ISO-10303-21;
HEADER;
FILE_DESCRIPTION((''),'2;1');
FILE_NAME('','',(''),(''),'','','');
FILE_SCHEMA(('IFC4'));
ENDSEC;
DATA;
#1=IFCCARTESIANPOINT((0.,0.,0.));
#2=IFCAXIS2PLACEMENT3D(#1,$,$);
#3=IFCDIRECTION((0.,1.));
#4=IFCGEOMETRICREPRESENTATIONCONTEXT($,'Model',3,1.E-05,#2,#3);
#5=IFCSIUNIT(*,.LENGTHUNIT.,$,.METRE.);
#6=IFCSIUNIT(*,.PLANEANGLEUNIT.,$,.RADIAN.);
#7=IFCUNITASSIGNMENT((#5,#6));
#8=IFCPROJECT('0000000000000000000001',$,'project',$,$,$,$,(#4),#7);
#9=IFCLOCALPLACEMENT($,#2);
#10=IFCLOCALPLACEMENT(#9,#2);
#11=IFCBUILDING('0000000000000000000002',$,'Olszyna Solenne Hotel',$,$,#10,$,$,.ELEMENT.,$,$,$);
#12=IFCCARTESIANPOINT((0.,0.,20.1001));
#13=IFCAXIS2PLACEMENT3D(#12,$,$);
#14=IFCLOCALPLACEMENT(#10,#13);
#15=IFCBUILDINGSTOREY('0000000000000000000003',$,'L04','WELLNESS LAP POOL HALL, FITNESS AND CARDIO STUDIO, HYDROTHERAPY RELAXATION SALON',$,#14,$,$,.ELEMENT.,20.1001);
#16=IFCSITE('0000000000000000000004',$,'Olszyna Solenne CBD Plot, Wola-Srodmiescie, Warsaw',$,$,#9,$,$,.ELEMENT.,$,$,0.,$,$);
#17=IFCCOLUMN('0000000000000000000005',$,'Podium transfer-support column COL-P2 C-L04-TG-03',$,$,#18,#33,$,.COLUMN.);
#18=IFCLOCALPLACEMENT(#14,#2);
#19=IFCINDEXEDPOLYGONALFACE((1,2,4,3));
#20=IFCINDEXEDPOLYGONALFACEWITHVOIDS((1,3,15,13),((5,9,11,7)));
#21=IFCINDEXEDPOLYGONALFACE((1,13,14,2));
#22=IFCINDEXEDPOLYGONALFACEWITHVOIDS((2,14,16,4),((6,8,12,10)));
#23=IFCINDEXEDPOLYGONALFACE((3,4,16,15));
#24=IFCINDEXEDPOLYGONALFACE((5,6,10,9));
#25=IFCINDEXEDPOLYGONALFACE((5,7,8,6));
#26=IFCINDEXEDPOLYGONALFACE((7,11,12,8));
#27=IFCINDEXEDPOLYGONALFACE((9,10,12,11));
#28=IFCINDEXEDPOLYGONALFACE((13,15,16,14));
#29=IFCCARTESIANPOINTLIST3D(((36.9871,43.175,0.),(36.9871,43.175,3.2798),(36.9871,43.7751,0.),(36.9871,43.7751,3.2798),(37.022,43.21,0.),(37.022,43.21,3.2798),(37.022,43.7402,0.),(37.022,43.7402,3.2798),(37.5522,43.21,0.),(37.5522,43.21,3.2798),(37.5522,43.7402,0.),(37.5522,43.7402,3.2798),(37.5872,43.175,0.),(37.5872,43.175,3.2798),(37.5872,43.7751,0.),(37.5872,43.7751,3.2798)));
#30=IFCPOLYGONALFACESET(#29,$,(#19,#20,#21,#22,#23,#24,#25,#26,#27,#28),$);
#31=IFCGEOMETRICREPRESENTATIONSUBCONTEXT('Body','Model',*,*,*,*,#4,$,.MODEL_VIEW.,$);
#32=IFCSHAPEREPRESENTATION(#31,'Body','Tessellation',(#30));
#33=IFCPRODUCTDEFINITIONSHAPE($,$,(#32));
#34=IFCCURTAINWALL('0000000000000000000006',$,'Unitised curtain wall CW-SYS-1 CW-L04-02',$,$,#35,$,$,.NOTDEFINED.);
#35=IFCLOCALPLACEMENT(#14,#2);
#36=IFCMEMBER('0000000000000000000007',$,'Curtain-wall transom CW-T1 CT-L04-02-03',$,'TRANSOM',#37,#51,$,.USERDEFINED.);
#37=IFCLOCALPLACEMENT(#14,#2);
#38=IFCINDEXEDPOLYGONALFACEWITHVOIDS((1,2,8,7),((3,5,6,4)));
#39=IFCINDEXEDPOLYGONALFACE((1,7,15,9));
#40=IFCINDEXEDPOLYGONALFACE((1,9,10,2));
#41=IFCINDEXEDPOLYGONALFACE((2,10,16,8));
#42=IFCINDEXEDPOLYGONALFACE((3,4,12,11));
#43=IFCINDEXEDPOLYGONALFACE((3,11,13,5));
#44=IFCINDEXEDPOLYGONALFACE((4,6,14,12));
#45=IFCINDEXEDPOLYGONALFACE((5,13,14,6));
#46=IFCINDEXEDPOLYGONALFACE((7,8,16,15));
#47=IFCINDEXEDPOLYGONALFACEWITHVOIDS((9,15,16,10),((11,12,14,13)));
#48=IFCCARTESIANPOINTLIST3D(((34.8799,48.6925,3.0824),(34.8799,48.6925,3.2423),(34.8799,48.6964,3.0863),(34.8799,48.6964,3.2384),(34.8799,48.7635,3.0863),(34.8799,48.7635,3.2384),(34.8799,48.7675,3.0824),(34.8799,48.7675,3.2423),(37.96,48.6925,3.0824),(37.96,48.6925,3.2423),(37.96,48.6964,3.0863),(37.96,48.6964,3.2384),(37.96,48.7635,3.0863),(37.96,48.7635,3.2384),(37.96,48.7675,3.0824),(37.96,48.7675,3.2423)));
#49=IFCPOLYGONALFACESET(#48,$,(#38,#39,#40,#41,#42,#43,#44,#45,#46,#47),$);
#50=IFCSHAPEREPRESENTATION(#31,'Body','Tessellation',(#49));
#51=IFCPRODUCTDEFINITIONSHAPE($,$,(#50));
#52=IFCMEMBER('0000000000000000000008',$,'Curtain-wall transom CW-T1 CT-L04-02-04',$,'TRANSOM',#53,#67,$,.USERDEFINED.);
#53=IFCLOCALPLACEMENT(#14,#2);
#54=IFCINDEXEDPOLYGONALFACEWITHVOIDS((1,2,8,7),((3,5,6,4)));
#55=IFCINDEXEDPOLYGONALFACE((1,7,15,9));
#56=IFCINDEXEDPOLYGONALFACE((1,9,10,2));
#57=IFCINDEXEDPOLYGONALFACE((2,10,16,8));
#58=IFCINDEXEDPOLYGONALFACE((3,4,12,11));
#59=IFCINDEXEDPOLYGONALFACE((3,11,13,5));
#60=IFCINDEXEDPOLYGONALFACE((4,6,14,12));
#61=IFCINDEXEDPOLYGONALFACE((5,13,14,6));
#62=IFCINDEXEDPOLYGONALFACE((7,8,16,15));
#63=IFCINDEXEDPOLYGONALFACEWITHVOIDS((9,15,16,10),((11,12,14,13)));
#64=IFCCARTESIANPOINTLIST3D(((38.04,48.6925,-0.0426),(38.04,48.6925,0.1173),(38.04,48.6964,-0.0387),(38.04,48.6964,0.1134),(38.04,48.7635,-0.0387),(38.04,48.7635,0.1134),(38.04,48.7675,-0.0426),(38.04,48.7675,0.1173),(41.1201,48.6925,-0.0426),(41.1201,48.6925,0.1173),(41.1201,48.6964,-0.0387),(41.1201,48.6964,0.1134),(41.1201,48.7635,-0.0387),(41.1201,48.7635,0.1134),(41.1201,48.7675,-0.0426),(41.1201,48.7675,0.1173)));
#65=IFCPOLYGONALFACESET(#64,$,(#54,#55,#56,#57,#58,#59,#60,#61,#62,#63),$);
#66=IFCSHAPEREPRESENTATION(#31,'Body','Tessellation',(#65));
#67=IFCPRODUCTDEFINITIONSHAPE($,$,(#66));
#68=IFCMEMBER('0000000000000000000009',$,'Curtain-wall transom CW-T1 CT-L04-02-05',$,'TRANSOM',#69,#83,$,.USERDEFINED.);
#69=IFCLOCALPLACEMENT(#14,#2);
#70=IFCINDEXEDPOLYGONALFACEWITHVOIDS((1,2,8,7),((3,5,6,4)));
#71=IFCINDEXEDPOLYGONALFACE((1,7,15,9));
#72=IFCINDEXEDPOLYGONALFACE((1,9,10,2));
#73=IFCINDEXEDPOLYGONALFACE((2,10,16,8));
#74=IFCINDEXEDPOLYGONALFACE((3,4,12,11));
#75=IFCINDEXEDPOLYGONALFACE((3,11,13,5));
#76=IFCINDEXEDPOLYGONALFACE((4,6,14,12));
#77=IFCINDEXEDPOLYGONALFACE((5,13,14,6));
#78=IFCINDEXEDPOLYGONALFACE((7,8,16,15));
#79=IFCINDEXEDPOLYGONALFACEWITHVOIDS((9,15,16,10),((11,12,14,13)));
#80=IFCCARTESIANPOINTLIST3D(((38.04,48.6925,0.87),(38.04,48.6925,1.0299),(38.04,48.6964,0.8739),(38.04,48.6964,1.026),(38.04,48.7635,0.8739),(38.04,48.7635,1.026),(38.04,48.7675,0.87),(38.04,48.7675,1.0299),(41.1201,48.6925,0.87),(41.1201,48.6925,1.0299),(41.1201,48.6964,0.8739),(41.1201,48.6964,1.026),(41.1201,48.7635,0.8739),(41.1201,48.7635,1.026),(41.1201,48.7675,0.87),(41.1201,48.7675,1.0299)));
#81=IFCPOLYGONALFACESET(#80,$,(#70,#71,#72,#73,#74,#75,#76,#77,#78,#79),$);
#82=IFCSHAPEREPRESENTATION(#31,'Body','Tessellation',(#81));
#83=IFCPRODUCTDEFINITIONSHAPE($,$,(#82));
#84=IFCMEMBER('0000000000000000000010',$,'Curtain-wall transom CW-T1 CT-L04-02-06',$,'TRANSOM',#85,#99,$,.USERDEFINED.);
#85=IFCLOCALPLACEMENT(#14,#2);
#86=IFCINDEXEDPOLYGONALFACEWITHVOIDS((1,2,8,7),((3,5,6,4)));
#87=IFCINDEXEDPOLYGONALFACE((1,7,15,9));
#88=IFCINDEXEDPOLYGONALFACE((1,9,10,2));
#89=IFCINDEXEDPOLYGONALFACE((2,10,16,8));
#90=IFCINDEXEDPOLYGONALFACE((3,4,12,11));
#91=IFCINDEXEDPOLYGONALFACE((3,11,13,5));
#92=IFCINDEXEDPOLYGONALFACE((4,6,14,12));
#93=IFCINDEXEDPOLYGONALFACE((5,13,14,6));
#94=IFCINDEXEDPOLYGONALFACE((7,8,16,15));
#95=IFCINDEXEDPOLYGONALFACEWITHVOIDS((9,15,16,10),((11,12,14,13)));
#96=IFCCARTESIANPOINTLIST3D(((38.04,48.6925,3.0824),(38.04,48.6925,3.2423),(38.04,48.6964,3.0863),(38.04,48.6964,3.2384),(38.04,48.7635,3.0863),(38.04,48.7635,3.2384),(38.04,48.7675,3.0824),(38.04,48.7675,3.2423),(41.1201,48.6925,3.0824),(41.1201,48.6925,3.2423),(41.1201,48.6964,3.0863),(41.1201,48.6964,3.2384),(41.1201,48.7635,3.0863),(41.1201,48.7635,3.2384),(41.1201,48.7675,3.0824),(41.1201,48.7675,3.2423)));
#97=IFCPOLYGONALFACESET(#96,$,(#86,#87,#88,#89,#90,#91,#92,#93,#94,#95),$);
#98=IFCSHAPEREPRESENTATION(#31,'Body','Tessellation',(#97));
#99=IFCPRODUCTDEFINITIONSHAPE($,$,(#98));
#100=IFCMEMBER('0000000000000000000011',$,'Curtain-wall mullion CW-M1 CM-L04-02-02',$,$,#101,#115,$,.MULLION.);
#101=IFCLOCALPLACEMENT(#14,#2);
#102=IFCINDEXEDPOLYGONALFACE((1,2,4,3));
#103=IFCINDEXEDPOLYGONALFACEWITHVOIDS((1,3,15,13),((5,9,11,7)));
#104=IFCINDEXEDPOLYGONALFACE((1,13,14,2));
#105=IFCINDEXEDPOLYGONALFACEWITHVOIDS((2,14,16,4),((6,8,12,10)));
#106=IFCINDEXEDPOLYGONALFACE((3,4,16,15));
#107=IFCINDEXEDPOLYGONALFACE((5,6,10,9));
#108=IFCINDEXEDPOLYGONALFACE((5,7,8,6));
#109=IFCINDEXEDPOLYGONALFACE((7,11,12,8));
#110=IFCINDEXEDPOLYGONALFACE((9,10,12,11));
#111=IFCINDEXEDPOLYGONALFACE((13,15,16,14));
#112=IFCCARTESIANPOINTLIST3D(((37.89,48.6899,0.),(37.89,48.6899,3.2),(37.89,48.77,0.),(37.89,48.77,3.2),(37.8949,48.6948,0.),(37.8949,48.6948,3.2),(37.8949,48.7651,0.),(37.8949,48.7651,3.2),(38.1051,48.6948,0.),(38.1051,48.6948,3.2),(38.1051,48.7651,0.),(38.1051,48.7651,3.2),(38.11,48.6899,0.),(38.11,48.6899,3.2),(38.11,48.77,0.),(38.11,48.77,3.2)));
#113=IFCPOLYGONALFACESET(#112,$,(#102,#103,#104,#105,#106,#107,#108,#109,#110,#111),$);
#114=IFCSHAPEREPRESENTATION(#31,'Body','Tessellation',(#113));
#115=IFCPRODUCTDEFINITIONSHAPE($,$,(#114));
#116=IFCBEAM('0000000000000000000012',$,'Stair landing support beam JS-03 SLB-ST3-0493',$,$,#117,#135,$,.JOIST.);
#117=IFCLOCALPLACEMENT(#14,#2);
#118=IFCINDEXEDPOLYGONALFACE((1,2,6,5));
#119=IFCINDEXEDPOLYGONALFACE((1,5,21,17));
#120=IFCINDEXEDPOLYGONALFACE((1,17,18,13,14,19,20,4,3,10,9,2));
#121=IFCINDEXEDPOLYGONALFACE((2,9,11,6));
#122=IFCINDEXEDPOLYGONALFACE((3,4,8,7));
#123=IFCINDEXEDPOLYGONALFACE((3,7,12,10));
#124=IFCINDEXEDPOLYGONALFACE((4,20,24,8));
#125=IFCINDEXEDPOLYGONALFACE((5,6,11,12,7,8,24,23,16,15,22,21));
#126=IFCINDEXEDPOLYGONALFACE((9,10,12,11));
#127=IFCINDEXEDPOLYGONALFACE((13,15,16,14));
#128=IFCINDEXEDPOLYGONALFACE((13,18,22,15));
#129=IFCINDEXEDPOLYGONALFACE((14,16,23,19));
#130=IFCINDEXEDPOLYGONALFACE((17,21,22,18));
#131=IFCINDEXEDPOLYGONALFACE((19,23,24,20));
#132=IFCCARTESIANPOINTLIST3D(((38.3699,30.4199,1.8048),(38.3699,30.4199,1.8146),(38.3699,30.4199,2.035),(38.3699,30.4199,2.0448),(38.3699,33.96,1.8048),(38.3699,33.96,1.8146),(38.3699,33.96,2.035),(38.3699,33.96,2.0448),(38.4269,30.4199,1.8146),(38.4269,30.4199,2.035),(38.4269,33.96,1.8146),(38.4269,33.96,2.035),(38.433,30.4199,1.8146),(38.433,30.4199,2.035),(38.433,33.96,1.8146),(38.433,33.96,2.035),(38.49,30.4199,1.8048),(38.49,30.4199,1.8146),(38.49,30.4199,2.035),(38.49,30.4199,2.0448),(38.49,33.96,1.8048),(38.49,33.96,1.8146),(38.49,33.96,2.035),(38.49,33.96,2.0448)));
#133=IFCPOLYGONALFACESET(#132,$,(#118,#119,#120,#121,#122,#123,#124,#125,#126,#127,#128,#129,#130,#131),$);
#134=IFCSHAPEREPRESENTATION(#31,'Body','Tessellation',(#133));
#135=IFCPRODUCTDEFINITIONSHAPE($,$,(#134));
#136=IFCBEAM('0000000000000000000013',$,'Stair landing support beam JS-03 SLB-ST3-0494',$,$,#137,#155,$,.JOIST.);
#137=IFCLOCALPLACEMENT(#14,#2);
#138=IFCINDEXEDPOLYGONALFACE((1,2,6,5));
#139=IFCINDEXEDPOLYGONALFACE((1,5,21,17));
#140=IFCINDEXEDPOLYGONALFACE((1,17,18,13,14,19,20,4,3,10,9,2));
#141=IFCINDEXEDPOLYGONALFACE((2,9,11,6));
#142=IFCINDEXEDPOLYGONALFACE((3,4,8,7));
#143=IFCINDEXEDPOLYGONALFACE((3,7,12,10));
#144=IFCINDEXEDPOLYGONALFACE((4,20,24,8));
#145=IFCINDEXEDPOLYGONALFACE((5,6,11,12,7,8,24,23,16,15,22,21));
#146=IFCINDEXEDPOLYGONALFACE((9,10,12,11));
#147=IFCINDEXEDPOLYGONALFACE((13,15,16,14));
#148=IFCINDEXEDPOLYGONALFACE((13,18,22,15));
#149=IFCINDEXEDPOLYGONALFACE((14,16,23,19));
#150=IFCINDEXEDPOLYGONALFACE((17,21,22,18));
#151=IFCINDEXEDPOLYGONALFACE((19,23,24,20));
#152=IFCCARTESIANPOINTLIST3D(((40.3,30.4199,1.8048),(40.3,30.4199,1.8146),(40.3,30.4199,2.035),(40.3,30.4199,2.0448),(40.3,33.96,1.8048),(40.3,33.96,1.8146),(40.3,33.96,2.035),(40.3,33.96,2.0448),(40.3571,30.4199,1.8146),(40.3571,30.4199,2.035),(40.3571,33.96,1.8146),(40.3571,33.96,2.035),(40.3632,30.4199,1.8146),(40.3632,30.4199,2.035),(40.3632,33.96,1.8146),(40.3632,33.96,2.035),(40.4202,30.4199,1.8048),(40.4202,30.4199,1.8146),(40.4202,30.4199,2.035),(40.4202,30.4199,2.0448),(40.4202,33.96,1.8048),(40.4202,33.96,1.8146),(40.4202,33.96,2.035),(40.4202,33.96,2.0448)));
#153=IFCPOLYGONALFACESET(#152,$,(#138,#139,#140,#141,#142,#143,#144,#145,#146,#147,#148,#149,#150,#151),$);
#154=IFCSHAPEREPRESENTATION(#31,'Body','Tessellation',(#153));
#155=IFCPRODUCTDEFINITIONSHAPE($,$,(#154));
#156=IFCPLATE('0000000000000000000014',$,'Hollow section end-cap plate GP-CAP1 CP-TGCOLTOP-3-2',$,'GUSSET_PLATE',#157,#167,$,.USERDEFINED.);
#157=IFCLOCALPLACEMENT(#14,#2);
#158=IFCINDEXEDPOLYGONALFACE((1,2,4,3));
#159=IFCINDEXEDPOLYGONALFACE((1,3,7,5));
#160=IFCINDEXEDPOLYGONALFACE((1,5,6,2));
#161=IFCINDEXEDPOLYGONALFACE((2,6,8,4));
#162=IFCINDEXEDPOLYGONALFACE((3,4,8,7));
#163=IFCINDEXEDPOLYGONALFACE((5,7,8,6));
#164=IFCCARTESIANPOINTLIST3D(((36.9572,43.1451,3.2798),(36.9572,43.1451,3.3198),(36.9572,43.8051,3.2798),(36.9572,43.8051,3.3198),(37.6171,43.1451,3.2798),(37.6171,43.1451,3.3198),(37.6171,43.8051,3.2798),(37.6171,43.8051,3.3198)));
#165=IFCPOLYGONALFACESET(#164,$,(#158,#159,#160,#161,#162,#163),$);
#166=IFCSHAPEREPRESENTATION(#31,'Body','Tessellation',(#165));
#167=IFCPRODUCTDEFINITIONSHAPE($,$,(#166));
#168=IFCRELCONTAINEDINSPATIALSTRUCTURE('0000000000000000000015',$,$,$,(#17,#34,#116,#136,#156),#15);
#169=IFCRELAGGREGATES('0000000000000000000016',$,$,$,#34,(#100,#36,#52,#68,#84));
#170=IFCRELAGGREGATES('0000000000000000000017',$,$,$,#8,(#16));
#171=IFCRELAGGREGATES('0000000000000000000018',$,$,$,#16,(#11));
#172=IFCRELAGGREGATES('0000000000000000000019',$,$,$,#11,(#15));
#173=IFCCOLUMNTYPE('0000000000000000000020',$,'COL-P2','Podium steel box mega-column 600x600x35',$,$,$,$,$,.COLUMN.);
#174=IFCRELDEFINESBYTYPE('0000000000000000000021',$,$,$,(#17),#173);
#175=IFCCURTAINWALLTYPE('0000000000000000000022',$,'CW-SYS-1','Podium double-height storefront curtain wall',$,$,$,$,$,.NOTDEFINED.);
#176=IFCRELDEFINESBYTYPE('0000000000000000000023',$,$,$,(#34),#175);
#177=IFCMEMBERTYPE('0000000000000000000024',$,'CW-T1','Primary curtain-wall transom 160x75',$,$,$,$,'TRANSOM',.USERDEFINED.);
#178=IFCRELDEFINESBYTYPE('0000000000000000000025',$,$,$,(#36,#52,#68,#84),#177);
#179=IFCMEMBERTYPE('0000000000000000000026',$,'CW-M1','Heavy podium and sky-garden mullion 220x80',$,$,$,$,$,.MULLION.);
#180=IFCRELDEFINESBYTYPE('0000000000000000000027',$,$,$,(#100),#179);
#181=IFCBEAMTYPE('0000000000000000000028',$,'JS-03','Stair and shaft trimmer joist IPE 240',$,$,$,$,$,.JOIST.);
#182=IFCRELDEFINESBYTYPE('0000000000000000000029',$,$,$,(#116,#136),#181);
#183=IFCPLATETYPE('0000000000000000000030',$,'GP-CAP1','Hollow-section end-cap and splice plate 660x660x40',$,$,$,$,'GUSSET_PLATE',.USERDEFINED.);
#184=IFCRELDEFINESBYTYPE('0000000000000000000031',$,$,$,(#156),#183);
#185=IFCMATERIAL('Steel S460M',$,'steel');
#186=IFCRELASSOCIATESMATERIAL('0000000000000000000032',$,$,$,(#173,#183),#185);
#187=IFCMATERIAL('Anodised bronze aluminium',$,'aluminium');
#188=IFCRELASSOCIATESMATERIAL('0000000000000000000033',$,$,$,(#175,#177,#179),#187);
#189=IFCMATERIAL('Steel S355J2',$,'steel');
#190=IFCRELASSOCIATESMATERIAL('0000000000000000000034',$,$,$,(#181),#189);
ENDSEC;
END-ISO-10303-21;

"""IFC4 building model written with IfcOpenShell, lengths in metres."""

from ifc_helpers import new_model, si_unit, direction, frame, origin, origin_2d, place, context, subcontext, project, spatial, rectangle, hollow_rectangle, i_section, extrude, source, transform, mapped, material, material_profile, profile_set, type_object, element, aggregate, save


model = new_model("IFC4")

# Units and contexts
model_context = context("Model", 3, precision=1e-05, world=origin(), true_north=direction((0.0, 1.0)))
body_context = subcontext(model_context, "Body", "Model", "MODEL_VIEW")
ifc_project = project(units=[si_unit("LENGTHUNIT", "METRE"), si_unit("PLANEANGLEUNIT", "RADIAN")], contexts=[model_context])

# Site, building, storey
site_placement = place(None, origin())
site = spatial("IfcSite", under=ifc_project, at=site_placement, Name="Olszyna Solenne CBD Plot, Wola-Srodmiescie, Warsaw", CompositionType="ELEMENT", RefElevation=0.0)
building_placement = place(site_placement, origin())
building = spatial("IfcBuilding", under=site, at=building_placement, Name="Olszyna Solenne Hotel", CompositionType="ELEMENT")
storey_placement = place(building_placement, frame((0.0, 0.0, 20.1001)))
storey = spatial("IfcBuildingStorey", under=building, at=storey_placement, Name="L04", Description="WELLNESS LAP POOL HALL, FITNESS AND CARDIO STUDIO, HYDROTHERAPY RELAXATION SALON", CompositionType="ELEMENT", Elevation=20.1001)

# Column
ifc_material_1 = material(Name="Steel S460M", Category="steel")
ifc_material_profile_1 = material_profile(ifc_material_1, hollow_rectangle(XDim=0.6001, YDim=0.6001, WallThickness=0.0349, at=origin_2d()), Name="SHS 600x600x35", Category="load-bearing")
ifc_profile_set_1 = profile_set([ifc_material_profile_1], Name="Steel S460M")
column_type = type_object("IfcColumnType", Name="COL-P2", Description="Podium steel box mega-column 600x600x35", PredefinedType="COLUMN", material=ifc_profile_set_1)
shared_shape_1 = source(origin(), body_context, "Body", "SweptSolid", [
    extrude(hollow_rectangle(XDim=0.6001, YDim=0.6001, WallThickness=0.0349, at=origin_2d()), origin(), (0.0, 0.0, 1.0), 3.2798),
])
column_placement = place(storey_placement, frame((37.2871, 43.4751, 0.0), z_axis=(0.0, 0.0, 1.0), x_axis=(1.0, 0.0, 0.0)))
element("IfcColumn", 1, at=column_placement, inside=storey, type_object=column_type, Name="Podium transfer-support column COL-P2 C-L04-TG-03", PredefinedType="COLUMN", context=body_context, shape_type="MappedRepresentation", body=[
    mapped(shared_shape_1, transform((0.0, 0.0, 0.0), x_axis=(1.0, 0.0, 0.0), y_axis=(0.0, 1.0, 0.0), z_axis=(0.0, 0.0, 1.0), scale=1.0)),
])

# Curtain wall, members
ifc_material_2 = material(Name="Anodised bronze aluminium", Category="aluminium")
curtain_wall_type = type_object("IfcCurtainWallType", Name="CW-SYS-1", Description="Podium double-height storefront curtain wall", PredefinedType="NOTDEFINED", material=ifc_material_2)
curtain_wall_placement = place(storey_placement, origin())
curtain_wall = element("IfcCurtainWall", 2, at=curtain_wall_placement, inside=storey, type_object=curtain_wall_type, Name="Unitised curtain wall CW-SYS-1 CW-L04-02", PredefinedType="NOTDEFINED")
ifc_material_profile_2 = material_profile(ifc_material_2, hollow_rectangle(XDim=0.075, YDim=0.1599, WallThickness=0.0039, at=origin_2d()), Name="TRAN 160x75x4", Category="load-bearing")
ifc_profile_set_2 = profile_set([ifc_material_profile_2], Name="Anodised bronze aluminium")
member_type_1 = type_object("IfcMemberType", Name="CW-T1", Description="Primary curtain-wall transom 160x75", ElementType="TRANSOM", PredefinedType="USERDEFINED", material=ifc_profile_set_2)
shared_shape_2 = source(origin(), body_context, "Body", "SweptSolid", [
    extrude(hollow_rectangle(XDim=0.075, YDim=0.1599, WallThickness=0.0039, at=origin_2d()), origin(), (0.0, 0.0, 1.0), 3.0801),
])
member_1_placement = place(storey_placement, frame((34.8799, 48.73, 3.1624), z_axis=(1.0, 0.0, 0.0), x_axis=(0.0, 1.0, 0.0)))
member_1 = element("IfcMember", 3, at=member_1_placement, type_object=member_type_1, Name="Curtain-wall transom CW-T1 CT-L04-02-03", ObjectType="TRANSOM", PredefinedType="USERDEFINED", context=body_context, shape_type="MappedRepresentation", body=[
    mapped(shared_shape_2, transform((0.0, 0.0, 0.0), x_axis=(1.0, 0.0, 0.0), y_axis=(0.0, 1.0, 0.0), z_axis=(0.0, 0.0, 1.0), scale=1.0)),
])
member_2_placement = place(storey_placement, frame((38.04, 48.73, 0.0374), z_axis=(1.0, 0.0, 0.0), x_axis=(0.0, 1.0, 0.0)))
member_2 = element("IfcMember", 4, at=member_2_placement, type_object=member_type_1, Name="Curtain-wall transom CW-T1 CT-L04-02-04", ObjectType="TRANSOM", PredefinedType="USERDEFINED", context=body_context, shape_type="MappedRepresentation", body=[
    mapped(shared_shape_2, transform((0.0, 0.0, 0.0), x_axis=(1.0, 0.0, 0.0), y_axis=(0.0, 1.0, 0.0), z_axis=(0.0, 0.0, 1.0), scale=1.0)),
])
member_3_placement = place(storey_placement, frame((38.04, 48.73, 0.95), z_axis=(1.0, 0.0, 0.0), x_axis=(0.0, 1.0, 0.0)))
member_3 = element("IfcMember", 5, at=member_3_placement, type_object=member_type_1, Name="Curtain-wall transom CW-T1 CT-L04-02-05", ObjectType="TRANSOM", PredefinedType="USERDEFINED", context=body_context, shape_type="MappedRepresentation", body=[
    mapped(shared_shape_2, transform((0.0, 0.0, 0.0), x_axis=(1.0, 0.0, 0.0), y_axis=(0.0, 1.0, 0.0), z_axis=(0.0, 0.0, 1.0), scale=1.0)),
])
member_4_placement = place(storey_placement, frame((38.04, 48.73, 3.1624), z_axis=(1.0, 0.0, 0.0), x_axis=(0.0, 1.0, 0.0)))
member_4 = element("IfcMember", 6, at=member_4_placement, type_object=member_type_1, Name="Curtain-wall transom CW-T1 CT-L04-02-06", ObjectType="TRANSOM", PredefinedType="USERDEFINED", context=body_context, shape_type="MappedRepresentation", body=[
    mapped(shared_shape_2, transform((0.0, 0.0, 0.0), x_axis=(1.0, 0.0, 0.0), y_axis=(0.0, 1.0, 0.0), z_axis=(0.0, 0.0, 1.0), scale=1.0)),
])
ifc_material_profile_3 = material_profile(ifc_material_2, hollow_rectangle(XDim=0.0801, YDim=0.22, WallThickness=0.0049, at=origin_2d()), Name="MULL 220x80x5", Category="load-bearing")
ifc_profile_set_3 = profile_set([ifc_material_profile_3], Name="Anodised bronze aluminium")
member_type_2 = type_object("IfcMemberType", Name="CW-M1", Description="Heavy podium and sky-garden mullion 220x80", PredefinedType="MULLION", material=ifc_profile_set_3)
shared_shape_3 = source(origin(), body_context, "Body", "SweptSolid", [
    extrude(hollow_rectangle(XDim=0.0801, YDim=0.22, WallThickness=0.0049, at=origin_2d()), origin(), (0.0, 0.0, 1.0), 3.2),
])
member_5_placement = place(storey_placement, frame((38.0, 48.73, 0.0), z_axis=(0.0, 0.0, 1.0), x_axis=(0.0, 1.0, 0.0)))
member_5 = element("IfcMember", 7, at=member_5_placement, type_object=member_type_2, Name="Curtain-wall mullion CW-M1 CM-L04-02-02", PredefinedType="MULLION", context=body_context, shape_type="MappedRepresentation", body=[
    mapped(shared_shape_3, transform((0.0, 0.0, 0.0), x_axis=(1.0, 0.0, 0.0), y_axis=(0.0, 1.0, 0.0), z_axis=(0.0, 0.0, 1.0), scale=1.0)),
])

# Beams
ifc_material_3 = material(Name="Steel S355J2", Category="steel")
ifc_material_profile_4 = material_profile(ifc_material_3, i_section(OverallWidth=0.1201, OverallDepth=0.24, WebThickness=0.0061, FlangeThickness=0.0098, at=origin_2d()), Name="IPE 240", Category="load-bearing")
ifc_profile_set_4 = profile_set([ifc_material_profile_4], Name="Steel S355J2")
beam_type = type_object("IfcBeamType", Name="JS-03", Description="Stair and shaft trimmer joist IPE 240", PredefinedType="JOIST", material=ifc_profile_set_4)
shared_shape_4 = source(origin(), body_context, "Body", "SweptSolid", [
    extrude(i_section(OverallWidth=0.1201, OverallDepth=0.24, WebThickness=0.0061, FlangeThickness=0.0098, at=origin_2d()), origin(), (0.0, 0.0, 1.0), 3.54),
])
for number, where, z_axis, x_axis, name in (
    (8, (38.4299, 30.4199, 1.9248), (0.0, 1.0, 0.0), (-1.0, 0.0, 0.0), "Stair landing support beam JS-03 SLB-ST3-0493"),
    (9, (40.3601, 30.4199, 1.9248), (0.0, 1.0, 0.0), (-1.0, 0.0, 0.0), "Stair landing support beam JS-03 SLB-ST3-0494"),
):
    element("IfcBeam", number, at=place(storey_placement, frame(where, z_axis=z_axis, x_axis=x_axis)), inside=storey, type_object=beam_type, Name=name, PredefinedType="JOIST", context=body_context, shape_type="MappedRepresentation", body=[
        mapped(shared_shape_4, transform((0.0, 0.0, 0.0), x_axis=(1.0, 0.0, 0.0), y_axis=(0.0, 1.0, 0.0), z_axis=(0.0, 0.0, 1.0), scale=1.0)),
    ])

# Plate
plate_type_1 = type_object("IfcPlateType", Name="GP-CAP1", Description="Hollow-section end-cap and splice plate 660x660x40", ElementType="GUSSET_PLATE", PredefinedType="USERDEFINED", material=ifc_material_1)
shared_shape_5 = source(origin(), body_context, "Body", "SweptSolid", [
    extrude(rectangle(XDim=0.6599, YDim=0.6599, at=origin_2d()), origin(), (0.0, 0.0, 1.0), 0.04),
])
plate_1_placement = place(storey_placement, frame((37.2871, 43.4751, 3.2798), z_axis=(0.0, 0.0, 1.0), x_axis=(1.0, 0.0, 0.0)))
element("IfcPlate", 10, at=plate_1_placement, inside=storey, type_object=plate_type_1, Name="Hollow section end-cap plate GP-CAP1 CP-TGCOLTOP-3-2", ObjectType="GUSSET_PLATE", PredefinedType="USERDEFINED", context=body_context, shape_type="MappedRepresentation", body=[
    mapped(shared_shape_5, transform((0.0, 0.0, 0.0), x_axis=(1.0, 0.0, 0.0), y_axis=(0.0, 1.0, 0.0), z_axis=(0.0, 0.0, 1.0), scale=1.0)),
])
aggregate(curtain_wall, [member_5, member_1, member_2, member_3, member_4])

save(model, "model.ifc")
